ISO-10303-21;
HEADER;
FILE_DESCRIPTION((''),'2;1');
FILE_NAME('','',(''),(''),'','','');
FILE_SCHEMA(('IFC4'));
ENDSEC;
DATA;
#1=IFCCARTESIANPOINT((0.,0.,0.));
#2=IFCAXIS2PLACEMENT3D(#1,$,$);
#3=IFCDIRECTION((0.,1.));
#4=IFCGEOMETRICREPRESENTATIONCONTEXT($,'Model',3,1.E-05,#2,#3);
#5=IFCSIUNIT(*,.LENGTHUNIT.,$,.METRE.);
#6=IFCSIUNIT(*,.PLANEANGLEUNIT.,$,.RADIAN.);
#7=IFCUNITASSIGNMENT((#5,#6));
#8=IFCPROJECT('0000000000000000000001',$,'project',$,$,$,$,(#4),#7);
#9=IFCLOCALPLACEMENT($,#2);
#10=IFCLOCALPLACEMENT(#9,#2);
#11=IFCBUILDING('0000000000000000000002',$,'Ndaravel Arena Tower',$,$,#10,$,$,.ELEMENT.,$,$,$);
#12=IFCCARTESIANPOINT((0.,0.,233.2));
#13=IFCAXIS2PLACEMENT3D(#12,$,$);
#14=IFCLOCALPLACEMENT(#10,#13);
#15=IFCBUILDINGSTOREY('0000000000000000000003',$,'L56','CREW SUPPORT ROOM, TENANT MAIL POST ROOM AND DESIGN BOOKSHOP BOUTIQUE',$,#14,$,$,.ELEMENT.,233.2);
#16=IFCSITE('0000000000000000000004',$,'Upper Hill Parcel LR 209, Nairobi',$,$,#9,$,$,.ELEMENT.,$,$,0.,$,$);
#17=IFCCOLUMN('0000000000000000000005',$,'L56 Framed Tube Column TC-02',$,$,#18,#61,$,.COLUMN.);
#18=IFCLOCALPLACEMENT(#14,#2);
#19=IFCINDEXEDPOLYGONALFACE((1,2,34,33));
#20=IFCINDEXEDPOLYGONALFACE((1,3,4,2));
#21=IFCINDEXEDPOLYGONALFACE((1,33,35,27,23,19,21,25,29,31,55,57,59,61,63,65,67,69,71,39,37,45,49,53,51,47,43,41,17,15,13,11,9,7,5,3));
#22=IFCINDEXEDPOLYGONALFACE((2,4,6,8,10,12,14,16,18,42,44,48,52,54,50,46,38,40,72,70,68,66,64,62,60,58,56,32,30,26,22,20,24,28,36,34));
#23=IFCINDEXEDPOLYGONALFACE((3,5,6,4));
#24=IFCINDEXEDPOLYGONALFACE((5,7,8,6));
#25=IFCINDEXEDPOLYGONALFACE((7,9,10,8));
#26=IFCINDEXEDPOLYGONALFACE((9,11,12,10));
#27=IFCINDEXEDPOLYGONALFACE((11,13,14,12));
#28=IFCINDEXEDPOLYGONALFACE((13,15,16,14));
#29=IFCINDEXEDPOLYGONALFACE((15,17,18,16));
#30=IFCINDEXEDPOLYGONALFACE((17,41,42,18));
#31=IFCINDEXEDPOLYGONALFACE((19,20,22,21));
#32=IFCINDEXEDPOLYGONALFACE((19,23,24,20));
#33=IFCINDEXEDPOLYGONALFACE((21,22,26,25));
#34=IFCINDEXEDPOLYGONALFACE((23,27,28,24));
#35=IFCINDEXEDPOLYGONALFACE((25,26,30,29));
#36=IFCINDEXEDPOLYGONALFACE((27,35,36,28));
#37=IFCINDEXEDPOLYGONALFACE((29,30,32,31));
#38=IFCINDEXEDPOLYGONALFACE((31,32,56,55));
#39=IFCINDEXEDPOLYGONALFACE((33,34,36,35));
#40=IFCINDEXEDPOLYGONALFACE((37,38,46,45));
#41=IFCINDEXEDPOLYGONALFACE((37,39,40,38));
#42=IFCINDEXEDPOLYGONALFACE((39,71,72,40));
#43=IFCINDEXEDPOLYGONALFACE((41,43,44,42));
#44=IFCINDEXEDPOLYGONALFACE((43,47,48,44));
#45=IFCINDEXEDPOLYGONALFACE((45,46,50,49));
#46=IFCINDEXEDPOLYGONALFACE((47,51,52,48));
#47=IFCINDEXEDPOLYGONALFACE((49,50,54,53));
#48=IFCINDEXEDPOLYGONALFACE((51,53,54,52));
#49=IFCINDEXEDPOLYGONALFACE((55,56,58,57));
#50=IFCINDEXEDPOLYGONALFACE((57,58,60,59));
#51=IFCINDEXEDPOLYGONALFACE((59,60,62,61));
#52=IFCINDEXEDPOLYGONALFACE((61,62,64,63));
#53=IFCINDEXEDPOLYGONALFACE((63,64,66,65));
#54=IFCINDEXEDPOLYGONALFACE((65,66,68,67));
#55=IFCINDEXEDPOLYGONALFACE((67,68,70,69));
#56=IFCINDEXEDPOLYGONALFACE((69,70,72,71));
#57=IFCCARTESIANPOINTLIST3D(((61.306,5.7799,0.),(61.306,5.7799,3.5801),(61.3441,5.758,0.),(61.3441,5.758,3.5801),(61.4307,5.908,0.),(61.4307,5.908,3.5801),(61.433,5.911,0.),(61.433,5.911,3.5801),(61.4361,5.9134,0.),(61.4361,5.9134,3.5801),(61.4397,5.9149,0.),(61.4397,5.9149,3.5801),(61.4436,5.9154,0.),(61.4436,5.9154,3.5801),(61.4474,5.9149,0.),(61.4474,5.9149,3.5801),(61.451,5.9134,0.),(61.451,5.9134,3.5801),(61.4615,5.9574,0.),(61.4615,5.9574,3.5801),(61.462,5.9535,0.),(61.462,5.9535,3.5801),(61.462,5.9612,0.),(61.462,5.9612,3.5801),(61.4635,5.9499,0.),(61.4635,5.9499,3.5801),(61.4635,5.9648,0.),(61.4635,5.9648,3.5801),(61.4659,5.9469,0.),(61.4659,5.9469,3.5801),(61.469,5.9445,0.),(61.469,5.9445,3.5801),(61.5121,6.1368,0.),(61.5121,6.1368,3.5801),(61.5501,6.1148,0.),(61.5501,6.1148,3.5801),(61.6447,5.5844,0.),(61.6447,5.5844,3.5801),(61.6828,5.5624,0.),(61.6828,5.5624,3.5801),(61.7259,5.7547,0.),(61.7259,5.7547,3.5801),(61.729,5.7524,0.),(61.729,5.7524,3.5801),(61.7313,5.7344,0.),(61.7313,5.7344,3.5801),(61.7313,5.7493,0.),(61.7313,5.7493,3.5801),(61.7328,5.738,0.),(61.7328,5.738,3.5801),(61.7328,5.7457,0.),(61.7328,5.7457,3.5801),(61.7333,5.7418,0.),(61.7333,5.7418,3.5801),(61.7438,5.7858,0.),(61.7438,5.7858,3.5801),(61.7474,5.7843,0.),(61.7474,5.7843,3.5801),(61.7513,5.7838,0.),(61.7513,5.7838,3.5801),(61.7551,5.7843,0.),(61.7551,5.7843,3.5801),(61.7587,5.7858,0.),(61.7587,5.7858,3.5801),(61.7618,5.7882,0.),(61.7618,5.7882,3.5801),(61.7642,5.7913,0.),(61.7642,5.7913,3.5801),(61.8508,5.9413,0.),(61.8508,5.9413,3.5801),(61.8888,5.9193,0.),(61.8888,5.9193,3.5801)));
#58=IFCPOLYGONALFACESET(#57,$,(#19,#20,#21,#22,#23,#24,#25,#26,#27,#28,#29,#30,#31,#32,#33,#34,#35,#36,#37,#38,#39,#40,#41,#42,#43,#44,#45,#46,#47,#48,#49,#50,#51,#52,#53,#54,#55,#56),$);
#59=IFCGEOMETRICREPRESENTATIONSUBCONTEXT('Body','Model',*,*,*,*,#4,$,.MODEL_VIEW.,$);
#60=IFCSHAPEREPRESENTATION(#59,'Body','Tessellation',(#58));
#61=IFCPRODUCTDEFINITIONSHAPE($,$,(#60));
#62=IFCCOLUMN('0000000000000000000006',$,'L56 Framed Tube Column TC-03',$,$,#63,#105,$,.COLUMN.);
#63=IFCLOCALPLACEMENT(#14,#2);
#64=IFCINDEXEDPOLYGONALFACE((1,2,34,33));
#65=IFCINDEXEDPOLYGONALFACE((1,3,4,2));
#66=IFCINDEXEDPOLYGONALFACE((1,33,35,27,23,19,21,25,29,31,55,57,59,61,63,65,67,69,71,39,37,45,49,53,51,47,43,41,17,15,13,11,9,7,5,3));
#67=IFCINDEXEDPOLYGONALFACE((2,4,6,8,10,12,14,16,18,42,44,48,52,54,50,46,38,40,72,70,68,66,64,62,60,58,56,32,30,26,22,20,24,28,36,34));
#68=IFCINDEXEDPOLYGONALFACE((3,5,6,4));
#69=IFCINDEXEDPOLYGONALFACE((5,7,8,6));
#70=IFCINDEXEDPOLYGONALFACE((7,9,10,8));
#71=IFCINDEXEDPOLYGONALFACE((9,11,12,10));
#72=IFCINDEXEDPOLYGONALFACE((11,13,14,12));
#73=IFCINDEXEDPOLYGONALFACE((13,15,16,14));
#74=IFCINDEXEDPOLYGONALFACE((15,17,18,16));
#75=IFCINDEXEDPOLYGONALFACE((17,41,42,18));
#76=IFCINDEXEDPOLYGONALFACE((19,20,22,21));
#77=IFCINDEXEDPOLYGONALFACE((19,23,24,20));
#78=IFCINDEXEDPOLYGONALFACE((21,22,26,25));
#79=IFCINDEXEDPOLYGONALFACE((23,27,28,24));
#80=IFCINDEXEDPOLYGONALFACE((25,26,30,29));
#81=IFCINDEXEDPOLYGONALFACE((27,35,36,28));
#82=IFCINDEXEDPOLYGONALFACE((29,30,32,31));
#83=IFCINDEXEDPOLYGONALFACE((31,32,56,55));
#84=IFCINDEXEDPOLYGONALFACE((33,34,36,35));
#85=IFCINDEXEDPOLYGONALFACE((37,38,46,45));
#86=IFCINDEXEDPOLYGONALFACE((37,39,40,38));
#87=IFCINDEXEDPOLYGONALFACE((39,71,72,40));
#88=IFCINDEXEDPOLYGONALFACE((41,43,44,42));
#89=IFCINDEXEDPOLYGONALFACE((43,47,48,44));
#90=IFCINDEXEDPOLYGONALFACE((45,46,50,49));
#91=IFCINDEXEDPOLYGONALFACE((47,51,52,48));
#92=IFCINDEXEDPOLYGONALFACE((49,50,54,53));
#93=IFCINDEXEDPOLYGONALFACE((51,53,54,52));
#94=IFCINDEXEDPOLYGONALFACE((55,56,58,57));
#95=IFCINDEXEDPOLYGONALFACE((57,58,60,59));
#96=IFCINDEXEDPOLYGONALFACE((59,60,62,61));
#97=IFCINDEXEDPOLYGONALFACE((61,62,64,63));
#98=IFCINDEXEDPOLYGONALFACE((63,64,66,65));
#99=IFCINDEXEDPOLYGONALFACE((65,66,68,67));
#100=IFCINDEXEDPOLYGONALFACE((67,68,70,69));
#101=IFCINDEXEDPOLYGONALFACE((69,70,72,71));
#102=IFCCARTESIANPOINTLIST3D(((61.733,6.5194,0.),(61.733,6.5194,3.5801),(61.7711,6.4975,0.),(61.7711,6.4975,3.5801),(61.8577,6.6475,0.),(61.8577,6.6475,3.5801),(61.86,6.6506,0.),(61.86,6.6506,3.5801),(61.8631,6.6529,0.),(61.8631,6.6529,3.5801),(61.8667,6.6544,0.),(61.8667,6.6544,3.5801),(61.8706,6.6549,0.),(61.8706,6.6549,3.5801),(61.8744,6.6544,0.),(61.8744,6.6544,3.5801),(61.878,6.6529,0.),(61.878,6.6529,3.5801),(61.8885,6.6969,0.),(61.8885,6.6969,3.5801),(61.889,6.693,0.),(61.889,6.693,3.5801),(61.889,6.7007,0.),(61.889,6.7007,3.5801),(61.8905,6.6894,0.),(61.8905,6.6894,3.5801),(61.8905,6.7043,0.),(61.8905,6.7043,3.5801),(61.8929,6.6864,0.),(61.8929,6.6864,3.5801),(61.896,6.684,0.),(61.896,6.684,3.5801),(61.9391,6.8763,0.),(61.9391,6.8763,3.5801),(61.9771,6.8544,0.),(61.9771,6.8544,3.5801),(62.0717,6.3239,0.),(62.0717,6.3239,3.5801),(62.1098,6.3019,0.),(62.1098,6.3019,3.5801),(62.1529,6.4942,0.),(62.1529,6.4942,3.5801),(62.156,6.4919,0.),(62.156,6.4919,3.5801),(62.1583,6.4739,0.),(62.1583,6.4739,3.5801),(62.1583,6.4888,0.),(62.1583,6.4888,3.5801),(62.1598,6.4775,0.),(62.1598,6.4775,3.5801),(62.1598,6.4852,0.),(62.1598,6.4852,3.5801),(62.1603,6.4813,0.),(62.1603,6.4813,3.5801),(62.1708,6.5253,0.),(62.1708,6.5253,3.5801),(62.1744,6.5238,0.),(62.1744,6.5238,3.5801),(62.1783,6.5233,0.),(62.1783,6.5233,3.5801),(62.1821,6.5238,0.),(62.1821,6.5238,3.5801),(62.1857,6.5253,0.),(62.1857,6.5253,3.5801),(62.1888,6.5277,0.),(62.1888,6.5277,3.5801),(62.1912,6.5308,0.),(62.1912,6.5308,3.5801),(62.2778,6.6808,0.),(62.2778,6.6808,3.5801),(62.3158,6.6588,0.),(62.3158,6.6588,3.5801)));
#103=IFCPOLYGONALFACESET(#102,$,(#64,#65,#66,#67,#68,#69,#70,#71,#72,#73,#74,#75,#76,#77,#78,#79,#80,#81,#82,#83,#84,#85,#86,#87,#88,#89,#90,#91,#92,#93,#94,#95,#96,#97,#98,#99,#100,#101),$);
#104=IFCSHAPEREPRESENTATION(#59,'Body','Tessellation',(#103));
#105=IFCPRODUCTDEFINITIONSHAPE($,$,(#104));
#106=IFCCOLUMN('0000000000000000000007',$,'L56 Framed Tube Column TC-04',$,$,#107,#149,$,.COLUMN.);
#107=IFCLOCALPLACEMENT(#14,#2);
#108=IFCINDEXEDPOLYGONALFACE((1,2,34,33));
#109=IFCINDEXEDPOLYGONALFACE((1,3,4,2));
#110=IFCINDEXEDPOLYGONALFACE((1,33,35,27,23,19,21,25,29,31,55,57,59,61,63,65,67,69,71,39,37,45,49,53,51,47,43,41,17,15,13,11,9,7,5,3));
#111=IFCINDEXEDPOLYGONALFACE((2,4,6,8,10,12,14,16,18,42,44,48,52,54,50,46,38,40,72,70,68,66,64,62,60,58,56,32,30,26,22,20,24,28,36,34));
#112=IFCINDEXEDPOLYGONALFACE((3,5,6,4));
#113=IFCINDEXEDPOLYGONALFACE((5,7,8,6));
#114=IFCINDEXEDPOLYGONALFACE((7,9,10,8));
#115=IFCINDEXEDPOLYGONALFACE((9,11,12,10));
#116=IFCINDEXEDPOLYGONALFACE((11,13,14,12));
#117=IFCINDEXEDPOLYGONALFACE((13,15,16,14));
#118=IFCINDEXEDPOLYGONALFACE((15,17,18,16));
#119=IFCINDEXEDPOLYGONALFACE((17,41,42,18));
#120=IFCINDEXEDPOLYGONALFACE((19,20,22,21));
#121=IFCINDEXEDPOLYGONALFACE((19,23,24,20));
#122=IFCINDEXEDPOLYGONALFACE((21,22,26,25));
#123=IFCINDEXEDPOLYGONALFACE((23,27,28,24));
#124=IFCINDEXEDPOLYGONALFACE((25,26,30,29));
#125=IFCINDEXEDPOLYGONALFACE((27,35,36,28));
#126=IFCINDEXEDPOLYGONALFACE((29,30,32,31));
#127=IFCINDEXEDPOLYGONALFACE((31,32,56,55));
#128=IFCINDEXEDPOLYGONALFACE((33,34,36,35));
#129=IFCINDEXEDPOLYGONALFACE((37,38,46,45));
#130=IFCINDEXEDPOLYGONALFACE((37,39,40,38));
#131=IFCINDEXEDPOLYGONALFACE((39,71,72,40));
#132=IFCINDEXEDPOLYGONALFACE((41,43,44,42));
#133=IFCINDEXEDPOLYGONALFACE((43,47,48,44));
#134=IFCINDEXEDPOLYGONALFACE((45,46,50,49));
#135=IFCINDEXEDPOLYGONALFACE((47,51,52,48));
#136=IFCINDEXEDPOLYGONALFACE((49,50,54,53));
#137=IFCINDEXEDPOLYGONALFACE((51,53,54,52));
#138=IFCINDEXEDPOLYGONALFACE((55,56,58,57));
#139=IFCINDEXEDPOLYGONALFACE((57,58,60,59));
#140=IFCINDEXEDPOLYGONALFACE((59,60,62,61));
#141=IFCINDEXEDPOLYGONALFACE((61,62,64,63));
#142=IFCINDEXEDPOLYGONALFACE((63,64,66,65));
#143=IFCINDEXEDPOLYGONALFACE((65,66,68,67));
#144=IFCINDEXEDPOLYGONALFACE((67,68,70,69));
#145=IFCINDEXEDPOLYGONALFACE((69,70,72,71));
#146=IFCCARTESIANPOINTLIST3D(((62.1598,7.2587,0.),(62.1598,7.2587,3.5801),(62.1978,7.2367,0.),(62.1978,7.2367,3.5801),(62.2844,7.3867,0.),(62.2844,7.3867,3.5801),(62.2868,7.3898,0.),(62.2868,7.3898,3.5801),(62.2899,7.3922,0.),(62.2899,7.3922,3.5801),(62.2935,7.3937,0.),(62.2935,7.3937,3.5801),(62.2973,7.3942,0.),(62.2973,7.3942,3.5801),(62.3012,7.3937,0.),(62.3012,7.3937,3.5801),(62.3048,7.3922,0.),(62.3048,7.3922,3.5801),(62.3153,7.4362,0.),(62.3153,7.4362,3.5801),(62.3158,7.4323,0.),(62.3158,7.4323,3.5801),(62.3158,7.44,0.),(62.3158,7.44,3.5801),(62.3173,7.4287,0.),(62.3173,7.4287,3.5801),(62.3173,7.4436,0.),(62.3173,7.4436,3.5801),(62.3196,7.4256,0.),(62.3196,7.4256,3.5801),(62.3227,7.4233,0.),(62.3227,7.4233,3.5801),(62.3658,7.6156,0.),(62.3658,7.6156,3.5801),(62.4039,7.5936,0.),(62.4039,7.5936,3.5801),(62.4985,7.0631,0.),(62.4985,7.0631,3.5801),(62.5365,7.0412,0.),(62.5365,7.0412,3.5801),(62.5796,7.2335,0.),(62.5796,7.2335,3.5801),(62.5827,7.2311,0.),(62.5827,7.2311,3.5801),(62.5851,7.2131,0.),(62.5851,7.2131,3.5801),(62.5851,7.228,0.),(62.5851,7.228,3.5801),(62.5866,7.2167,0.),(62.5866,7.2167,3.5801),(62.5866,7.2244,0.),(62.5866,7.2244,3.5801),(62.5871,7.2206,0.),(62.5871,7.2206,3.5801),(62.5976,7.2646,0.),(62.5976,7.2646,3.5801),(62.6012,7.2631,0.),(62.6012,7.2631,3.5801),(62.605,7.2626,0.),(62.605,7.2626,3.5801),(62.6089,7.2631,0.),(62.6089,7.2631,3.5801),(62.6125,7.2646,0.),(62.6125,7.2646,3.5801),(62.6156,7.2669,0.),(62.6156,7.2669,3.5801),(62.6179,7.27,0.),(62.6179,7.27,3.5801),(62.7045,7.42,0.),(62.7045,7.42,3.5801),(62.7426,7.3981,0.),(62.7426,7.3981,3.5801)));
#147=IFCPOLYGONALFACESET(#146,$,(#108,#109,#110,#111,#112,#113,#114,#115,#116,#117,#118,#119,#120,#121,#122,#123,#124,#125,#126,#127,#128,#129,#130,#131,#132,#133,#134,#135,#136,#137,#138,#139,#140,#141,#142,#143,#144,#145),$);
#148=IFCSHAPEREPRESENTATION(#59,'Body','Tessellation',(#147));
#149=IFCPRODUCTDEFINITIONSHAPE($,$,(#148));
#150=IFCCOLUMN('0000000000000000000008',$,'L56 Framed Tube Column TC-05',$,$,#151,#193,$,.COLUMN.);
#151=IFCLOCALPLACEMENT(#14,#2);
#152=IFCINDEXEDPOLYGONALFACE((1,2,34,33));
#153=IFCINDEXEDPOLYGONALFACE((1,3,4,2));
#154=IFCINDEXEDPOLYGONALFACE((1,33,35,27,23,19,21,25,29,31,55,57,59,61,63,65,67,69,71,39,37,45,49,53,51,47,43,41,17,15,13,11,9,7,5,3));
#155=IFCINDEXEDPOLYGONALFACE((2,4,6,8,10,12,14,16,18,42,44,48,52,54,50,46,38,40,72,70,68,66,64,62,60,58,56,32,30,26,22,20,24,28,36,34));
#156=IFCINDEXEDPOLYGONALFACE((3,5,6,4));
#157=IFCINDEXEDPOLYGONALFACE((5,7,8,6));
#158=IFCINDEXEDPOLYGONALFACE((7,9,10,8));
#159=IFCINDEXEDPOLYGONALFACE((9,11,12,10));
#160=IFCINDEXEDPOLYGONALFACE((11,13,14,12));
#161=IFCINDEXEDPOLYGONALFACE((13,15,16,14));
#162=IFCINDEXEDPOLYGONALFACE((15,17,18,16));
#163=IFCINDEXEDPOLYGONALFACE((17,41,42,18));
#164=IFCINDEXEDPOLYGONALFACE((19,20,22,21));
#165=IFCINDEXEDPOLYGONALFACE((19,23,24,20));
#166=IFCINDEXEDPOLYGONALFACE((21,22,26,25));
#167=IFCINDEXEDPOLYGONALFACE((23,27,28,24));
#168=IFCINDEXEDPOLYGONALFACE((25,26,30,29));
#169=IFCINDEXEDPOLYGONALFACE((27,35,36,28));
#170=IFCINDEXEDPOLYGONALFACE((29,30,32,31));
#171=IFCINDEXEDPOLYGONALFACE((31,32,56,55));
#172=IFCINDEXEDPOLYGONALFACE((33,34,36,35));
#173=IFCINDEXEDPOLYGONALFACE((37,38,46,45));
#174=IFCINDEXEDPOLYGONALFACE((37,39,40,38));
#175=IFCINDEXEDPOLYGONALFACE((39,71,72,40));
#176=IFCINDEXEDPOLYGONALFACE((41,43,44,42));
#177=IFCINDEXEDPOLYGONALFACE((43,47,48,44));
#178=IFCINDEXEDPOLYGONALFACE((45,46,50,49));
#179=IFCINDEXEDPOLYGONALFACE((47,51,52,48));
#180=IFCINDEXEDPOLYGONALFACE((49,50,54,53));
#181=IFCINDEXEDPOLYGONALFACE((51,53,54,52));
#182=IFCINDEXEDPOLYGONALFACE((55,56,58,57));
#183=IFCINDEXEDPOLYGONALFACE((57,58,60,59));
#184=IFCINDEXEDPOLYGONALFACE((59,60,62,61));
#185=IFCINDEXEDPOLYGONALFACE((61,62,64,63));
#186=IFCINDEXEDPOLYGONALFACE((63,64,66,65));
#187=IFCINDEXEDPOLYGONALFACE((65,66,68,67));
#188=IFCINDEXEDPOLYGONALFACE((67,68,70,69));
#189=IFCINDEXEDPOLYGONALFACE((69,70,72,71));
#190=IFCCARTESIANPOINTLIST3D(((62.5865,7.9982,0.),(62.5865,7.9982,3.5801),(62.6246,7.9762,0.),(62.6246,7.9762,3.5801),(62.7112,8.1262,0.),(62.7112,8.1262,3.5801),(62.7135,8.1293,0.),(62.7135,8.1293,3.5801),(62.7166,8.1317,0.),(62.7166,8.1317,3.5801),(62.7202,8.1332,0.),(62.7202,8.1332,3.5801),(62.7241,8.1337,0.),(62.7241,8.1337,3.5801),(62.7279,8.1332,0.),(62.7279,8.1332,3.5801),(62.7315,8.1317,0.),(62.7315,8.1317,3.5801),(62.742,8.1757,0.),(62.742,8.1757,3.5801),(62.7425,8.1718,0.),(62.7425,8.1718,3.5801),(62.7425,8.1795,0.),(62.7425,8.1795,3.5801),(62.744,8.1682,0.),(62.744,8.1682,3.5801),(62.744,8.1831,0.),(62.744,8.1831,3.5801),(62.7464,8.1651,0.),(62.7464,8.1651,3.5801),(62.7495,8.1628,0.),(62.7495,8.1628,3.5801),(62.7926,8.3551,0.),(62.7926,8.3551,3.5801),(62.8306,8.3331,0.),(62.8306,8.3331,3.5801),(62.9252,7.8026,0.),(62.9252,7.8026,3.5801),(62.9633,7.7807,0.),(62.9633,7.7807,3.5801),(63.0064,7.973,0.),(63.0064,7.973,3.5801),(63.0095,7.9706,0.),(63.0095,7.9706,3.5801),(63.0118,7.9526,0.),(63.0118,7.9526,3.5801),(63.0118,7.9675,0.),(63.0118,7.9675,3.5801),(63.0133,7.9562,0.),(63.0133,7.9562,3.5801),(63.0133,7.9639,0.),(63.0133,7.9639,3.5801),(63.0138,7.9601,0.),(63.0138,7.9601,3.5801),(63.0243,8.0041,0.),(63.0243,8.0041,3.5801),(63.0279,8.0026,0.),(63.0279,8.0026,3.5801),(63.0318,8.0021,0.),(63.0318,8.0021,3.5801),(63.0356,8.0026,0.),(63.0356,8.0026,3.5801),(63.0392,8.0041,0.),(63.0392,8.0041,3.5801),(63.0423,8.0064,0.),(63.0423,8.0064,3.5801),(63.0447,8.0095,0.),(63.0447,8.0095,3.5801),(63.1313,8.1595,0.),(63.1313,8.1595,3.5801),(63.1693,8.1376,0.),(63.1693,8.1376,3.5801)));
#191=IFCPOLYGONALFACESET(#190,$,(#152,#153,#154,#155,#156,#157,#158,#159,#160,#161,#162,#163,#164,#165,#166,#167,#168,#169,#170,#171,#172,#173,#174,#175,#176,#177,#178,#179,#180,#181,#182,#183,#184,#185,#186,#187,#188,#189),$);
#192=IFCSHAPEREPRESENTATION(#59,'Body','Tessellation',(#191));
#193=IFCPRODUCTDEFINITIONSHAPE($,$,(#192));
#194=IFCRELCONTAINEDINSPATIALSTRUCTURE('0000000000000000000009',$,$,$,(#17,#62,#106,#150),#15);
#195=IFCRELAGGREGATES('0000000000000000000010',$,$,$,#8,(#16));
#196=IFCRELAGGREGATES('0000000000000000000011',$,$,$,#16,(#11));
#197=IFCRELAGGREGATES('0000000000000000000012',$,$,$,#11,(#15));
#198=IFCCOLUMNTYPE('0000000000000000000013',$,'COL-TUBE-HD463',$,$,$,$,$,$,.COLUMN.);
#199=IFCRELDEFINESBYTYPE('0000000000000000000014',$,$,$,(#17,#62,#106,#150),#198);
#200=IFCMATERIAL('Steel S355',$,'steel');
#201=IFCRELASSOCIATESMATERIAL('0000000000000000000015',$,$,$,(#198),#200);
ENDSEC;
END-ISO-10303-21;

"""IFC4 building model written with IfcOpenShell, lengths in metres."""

from ifc_helpers import new_model, si_unit, direction, frame, origin, origin_2d, place, context, subcontext, project, spatial, i_section, extrude, material, material_profile, profile_set, type_object, element, save


model = new_model("IFC4")

# Units and contexts
model_context = context("Model", 3, precision=1e-05, world=origin(), true_north=direction((0.0, 1.0)))
body_context = subcontext(model_context, "Body", "Model", "MODEL_VIEW")
ifc_project = project(units=[si_unit("LENGTHUNIT", "METRE"), si_unit("PLANEANGLEUNIT", "RADIAN")], contexts=[model_context])

# Site, building, storey
site_placement = place(None, origin())
site = spatial("IfcSite", under=ifc_project, at=site_placement, Name="Upper Hill Parcel LR 209, Nairobi", CompositionType="ELEMENT", RefElevation=0.0)
building_placement = place(site_placement, origin())
building = spatial("IfcBuilding", under=site, at=building_placement, Name="Ndaravel Arena Tower", CompositionType="ELEMENT")
storey_placement = place(building_placement, frame((0.0, 0.0, 233.2)))
storey = spatial("IfcBuildingStorey", under=building, at=storey_placement, Name="L56", Description="CREW SUPPORT ROOM, TENANT MAIL POST ROOM AND DESIGN BOOKSHOP BOUTIQUE", CompositionType="ELEMENT", Elevation=233.2)

# Columns
ifc_material_1 = material(Name="Steel S355", Category="steel")
ifc_material_profile_1 = material_profile(ifc_material_1, i_section(OverallWidth=0.4121, OverallDepth=0.4351, WebThickness=0.0359, FlangeThickness=0.0439, FilletRadius=0.0149, at=origin_2d()), Name="HD 400x463")
ifc_profile_set_1 = profile_set([ifc_material_profile_1], Name="Steel S355")
column_type = type_object("IfcColumnType", Name="COL-TUBE-HD463", PredefinedType="COLUMN", material=ifc_profile_set_1)
for number, where, z_axis, x_axis, name in (
    (1, (61.5974, 5.8496, 0.0), (0.0, 0.0, 1.0), (0.5, 0.866025, 0.0), "L56 Framed Tube Column TC-02"),
    (2, (62.0244, 6.5891, 0.0), (0.0, 0.0, 1.0), (0.5, 0.866025, 0.0), "L56 Framed Tube Column TC-03"),
    (3, (62.4512, 7.3284, 0.0), (0.0, 0.0, 1.0), (0.5, 0.866025, 0.0), "L56 Framed Tube Column TC-04"),
    (4, (62.8779, 8.0679, 0.0), (0.0, 0.0, 1.0), (0.5, 0.866025, 0.0), "L56 Framed Tube Column TC-05"),
):
    element("IfcColumn", number, at=place(storey_placement, frame(where, z_axis=z_axis, x_axis=x_axis)), inside=storey, type_object=column_type, Name=name, PredefinedType="COLUMN", context=body_context, shape_type="SweptSolid", body=[
        extrude(i_section(OverallWidth=0.4121, OverallDepth=0.4351, WebThickness=0.0359, FlangeThickness=0.0439, FilletRadius=0.0149, at=origin_2d()), origin(), (0.0, 0.0, 1.0), 3.5801),
    ])

save(model, "model.ifc")
